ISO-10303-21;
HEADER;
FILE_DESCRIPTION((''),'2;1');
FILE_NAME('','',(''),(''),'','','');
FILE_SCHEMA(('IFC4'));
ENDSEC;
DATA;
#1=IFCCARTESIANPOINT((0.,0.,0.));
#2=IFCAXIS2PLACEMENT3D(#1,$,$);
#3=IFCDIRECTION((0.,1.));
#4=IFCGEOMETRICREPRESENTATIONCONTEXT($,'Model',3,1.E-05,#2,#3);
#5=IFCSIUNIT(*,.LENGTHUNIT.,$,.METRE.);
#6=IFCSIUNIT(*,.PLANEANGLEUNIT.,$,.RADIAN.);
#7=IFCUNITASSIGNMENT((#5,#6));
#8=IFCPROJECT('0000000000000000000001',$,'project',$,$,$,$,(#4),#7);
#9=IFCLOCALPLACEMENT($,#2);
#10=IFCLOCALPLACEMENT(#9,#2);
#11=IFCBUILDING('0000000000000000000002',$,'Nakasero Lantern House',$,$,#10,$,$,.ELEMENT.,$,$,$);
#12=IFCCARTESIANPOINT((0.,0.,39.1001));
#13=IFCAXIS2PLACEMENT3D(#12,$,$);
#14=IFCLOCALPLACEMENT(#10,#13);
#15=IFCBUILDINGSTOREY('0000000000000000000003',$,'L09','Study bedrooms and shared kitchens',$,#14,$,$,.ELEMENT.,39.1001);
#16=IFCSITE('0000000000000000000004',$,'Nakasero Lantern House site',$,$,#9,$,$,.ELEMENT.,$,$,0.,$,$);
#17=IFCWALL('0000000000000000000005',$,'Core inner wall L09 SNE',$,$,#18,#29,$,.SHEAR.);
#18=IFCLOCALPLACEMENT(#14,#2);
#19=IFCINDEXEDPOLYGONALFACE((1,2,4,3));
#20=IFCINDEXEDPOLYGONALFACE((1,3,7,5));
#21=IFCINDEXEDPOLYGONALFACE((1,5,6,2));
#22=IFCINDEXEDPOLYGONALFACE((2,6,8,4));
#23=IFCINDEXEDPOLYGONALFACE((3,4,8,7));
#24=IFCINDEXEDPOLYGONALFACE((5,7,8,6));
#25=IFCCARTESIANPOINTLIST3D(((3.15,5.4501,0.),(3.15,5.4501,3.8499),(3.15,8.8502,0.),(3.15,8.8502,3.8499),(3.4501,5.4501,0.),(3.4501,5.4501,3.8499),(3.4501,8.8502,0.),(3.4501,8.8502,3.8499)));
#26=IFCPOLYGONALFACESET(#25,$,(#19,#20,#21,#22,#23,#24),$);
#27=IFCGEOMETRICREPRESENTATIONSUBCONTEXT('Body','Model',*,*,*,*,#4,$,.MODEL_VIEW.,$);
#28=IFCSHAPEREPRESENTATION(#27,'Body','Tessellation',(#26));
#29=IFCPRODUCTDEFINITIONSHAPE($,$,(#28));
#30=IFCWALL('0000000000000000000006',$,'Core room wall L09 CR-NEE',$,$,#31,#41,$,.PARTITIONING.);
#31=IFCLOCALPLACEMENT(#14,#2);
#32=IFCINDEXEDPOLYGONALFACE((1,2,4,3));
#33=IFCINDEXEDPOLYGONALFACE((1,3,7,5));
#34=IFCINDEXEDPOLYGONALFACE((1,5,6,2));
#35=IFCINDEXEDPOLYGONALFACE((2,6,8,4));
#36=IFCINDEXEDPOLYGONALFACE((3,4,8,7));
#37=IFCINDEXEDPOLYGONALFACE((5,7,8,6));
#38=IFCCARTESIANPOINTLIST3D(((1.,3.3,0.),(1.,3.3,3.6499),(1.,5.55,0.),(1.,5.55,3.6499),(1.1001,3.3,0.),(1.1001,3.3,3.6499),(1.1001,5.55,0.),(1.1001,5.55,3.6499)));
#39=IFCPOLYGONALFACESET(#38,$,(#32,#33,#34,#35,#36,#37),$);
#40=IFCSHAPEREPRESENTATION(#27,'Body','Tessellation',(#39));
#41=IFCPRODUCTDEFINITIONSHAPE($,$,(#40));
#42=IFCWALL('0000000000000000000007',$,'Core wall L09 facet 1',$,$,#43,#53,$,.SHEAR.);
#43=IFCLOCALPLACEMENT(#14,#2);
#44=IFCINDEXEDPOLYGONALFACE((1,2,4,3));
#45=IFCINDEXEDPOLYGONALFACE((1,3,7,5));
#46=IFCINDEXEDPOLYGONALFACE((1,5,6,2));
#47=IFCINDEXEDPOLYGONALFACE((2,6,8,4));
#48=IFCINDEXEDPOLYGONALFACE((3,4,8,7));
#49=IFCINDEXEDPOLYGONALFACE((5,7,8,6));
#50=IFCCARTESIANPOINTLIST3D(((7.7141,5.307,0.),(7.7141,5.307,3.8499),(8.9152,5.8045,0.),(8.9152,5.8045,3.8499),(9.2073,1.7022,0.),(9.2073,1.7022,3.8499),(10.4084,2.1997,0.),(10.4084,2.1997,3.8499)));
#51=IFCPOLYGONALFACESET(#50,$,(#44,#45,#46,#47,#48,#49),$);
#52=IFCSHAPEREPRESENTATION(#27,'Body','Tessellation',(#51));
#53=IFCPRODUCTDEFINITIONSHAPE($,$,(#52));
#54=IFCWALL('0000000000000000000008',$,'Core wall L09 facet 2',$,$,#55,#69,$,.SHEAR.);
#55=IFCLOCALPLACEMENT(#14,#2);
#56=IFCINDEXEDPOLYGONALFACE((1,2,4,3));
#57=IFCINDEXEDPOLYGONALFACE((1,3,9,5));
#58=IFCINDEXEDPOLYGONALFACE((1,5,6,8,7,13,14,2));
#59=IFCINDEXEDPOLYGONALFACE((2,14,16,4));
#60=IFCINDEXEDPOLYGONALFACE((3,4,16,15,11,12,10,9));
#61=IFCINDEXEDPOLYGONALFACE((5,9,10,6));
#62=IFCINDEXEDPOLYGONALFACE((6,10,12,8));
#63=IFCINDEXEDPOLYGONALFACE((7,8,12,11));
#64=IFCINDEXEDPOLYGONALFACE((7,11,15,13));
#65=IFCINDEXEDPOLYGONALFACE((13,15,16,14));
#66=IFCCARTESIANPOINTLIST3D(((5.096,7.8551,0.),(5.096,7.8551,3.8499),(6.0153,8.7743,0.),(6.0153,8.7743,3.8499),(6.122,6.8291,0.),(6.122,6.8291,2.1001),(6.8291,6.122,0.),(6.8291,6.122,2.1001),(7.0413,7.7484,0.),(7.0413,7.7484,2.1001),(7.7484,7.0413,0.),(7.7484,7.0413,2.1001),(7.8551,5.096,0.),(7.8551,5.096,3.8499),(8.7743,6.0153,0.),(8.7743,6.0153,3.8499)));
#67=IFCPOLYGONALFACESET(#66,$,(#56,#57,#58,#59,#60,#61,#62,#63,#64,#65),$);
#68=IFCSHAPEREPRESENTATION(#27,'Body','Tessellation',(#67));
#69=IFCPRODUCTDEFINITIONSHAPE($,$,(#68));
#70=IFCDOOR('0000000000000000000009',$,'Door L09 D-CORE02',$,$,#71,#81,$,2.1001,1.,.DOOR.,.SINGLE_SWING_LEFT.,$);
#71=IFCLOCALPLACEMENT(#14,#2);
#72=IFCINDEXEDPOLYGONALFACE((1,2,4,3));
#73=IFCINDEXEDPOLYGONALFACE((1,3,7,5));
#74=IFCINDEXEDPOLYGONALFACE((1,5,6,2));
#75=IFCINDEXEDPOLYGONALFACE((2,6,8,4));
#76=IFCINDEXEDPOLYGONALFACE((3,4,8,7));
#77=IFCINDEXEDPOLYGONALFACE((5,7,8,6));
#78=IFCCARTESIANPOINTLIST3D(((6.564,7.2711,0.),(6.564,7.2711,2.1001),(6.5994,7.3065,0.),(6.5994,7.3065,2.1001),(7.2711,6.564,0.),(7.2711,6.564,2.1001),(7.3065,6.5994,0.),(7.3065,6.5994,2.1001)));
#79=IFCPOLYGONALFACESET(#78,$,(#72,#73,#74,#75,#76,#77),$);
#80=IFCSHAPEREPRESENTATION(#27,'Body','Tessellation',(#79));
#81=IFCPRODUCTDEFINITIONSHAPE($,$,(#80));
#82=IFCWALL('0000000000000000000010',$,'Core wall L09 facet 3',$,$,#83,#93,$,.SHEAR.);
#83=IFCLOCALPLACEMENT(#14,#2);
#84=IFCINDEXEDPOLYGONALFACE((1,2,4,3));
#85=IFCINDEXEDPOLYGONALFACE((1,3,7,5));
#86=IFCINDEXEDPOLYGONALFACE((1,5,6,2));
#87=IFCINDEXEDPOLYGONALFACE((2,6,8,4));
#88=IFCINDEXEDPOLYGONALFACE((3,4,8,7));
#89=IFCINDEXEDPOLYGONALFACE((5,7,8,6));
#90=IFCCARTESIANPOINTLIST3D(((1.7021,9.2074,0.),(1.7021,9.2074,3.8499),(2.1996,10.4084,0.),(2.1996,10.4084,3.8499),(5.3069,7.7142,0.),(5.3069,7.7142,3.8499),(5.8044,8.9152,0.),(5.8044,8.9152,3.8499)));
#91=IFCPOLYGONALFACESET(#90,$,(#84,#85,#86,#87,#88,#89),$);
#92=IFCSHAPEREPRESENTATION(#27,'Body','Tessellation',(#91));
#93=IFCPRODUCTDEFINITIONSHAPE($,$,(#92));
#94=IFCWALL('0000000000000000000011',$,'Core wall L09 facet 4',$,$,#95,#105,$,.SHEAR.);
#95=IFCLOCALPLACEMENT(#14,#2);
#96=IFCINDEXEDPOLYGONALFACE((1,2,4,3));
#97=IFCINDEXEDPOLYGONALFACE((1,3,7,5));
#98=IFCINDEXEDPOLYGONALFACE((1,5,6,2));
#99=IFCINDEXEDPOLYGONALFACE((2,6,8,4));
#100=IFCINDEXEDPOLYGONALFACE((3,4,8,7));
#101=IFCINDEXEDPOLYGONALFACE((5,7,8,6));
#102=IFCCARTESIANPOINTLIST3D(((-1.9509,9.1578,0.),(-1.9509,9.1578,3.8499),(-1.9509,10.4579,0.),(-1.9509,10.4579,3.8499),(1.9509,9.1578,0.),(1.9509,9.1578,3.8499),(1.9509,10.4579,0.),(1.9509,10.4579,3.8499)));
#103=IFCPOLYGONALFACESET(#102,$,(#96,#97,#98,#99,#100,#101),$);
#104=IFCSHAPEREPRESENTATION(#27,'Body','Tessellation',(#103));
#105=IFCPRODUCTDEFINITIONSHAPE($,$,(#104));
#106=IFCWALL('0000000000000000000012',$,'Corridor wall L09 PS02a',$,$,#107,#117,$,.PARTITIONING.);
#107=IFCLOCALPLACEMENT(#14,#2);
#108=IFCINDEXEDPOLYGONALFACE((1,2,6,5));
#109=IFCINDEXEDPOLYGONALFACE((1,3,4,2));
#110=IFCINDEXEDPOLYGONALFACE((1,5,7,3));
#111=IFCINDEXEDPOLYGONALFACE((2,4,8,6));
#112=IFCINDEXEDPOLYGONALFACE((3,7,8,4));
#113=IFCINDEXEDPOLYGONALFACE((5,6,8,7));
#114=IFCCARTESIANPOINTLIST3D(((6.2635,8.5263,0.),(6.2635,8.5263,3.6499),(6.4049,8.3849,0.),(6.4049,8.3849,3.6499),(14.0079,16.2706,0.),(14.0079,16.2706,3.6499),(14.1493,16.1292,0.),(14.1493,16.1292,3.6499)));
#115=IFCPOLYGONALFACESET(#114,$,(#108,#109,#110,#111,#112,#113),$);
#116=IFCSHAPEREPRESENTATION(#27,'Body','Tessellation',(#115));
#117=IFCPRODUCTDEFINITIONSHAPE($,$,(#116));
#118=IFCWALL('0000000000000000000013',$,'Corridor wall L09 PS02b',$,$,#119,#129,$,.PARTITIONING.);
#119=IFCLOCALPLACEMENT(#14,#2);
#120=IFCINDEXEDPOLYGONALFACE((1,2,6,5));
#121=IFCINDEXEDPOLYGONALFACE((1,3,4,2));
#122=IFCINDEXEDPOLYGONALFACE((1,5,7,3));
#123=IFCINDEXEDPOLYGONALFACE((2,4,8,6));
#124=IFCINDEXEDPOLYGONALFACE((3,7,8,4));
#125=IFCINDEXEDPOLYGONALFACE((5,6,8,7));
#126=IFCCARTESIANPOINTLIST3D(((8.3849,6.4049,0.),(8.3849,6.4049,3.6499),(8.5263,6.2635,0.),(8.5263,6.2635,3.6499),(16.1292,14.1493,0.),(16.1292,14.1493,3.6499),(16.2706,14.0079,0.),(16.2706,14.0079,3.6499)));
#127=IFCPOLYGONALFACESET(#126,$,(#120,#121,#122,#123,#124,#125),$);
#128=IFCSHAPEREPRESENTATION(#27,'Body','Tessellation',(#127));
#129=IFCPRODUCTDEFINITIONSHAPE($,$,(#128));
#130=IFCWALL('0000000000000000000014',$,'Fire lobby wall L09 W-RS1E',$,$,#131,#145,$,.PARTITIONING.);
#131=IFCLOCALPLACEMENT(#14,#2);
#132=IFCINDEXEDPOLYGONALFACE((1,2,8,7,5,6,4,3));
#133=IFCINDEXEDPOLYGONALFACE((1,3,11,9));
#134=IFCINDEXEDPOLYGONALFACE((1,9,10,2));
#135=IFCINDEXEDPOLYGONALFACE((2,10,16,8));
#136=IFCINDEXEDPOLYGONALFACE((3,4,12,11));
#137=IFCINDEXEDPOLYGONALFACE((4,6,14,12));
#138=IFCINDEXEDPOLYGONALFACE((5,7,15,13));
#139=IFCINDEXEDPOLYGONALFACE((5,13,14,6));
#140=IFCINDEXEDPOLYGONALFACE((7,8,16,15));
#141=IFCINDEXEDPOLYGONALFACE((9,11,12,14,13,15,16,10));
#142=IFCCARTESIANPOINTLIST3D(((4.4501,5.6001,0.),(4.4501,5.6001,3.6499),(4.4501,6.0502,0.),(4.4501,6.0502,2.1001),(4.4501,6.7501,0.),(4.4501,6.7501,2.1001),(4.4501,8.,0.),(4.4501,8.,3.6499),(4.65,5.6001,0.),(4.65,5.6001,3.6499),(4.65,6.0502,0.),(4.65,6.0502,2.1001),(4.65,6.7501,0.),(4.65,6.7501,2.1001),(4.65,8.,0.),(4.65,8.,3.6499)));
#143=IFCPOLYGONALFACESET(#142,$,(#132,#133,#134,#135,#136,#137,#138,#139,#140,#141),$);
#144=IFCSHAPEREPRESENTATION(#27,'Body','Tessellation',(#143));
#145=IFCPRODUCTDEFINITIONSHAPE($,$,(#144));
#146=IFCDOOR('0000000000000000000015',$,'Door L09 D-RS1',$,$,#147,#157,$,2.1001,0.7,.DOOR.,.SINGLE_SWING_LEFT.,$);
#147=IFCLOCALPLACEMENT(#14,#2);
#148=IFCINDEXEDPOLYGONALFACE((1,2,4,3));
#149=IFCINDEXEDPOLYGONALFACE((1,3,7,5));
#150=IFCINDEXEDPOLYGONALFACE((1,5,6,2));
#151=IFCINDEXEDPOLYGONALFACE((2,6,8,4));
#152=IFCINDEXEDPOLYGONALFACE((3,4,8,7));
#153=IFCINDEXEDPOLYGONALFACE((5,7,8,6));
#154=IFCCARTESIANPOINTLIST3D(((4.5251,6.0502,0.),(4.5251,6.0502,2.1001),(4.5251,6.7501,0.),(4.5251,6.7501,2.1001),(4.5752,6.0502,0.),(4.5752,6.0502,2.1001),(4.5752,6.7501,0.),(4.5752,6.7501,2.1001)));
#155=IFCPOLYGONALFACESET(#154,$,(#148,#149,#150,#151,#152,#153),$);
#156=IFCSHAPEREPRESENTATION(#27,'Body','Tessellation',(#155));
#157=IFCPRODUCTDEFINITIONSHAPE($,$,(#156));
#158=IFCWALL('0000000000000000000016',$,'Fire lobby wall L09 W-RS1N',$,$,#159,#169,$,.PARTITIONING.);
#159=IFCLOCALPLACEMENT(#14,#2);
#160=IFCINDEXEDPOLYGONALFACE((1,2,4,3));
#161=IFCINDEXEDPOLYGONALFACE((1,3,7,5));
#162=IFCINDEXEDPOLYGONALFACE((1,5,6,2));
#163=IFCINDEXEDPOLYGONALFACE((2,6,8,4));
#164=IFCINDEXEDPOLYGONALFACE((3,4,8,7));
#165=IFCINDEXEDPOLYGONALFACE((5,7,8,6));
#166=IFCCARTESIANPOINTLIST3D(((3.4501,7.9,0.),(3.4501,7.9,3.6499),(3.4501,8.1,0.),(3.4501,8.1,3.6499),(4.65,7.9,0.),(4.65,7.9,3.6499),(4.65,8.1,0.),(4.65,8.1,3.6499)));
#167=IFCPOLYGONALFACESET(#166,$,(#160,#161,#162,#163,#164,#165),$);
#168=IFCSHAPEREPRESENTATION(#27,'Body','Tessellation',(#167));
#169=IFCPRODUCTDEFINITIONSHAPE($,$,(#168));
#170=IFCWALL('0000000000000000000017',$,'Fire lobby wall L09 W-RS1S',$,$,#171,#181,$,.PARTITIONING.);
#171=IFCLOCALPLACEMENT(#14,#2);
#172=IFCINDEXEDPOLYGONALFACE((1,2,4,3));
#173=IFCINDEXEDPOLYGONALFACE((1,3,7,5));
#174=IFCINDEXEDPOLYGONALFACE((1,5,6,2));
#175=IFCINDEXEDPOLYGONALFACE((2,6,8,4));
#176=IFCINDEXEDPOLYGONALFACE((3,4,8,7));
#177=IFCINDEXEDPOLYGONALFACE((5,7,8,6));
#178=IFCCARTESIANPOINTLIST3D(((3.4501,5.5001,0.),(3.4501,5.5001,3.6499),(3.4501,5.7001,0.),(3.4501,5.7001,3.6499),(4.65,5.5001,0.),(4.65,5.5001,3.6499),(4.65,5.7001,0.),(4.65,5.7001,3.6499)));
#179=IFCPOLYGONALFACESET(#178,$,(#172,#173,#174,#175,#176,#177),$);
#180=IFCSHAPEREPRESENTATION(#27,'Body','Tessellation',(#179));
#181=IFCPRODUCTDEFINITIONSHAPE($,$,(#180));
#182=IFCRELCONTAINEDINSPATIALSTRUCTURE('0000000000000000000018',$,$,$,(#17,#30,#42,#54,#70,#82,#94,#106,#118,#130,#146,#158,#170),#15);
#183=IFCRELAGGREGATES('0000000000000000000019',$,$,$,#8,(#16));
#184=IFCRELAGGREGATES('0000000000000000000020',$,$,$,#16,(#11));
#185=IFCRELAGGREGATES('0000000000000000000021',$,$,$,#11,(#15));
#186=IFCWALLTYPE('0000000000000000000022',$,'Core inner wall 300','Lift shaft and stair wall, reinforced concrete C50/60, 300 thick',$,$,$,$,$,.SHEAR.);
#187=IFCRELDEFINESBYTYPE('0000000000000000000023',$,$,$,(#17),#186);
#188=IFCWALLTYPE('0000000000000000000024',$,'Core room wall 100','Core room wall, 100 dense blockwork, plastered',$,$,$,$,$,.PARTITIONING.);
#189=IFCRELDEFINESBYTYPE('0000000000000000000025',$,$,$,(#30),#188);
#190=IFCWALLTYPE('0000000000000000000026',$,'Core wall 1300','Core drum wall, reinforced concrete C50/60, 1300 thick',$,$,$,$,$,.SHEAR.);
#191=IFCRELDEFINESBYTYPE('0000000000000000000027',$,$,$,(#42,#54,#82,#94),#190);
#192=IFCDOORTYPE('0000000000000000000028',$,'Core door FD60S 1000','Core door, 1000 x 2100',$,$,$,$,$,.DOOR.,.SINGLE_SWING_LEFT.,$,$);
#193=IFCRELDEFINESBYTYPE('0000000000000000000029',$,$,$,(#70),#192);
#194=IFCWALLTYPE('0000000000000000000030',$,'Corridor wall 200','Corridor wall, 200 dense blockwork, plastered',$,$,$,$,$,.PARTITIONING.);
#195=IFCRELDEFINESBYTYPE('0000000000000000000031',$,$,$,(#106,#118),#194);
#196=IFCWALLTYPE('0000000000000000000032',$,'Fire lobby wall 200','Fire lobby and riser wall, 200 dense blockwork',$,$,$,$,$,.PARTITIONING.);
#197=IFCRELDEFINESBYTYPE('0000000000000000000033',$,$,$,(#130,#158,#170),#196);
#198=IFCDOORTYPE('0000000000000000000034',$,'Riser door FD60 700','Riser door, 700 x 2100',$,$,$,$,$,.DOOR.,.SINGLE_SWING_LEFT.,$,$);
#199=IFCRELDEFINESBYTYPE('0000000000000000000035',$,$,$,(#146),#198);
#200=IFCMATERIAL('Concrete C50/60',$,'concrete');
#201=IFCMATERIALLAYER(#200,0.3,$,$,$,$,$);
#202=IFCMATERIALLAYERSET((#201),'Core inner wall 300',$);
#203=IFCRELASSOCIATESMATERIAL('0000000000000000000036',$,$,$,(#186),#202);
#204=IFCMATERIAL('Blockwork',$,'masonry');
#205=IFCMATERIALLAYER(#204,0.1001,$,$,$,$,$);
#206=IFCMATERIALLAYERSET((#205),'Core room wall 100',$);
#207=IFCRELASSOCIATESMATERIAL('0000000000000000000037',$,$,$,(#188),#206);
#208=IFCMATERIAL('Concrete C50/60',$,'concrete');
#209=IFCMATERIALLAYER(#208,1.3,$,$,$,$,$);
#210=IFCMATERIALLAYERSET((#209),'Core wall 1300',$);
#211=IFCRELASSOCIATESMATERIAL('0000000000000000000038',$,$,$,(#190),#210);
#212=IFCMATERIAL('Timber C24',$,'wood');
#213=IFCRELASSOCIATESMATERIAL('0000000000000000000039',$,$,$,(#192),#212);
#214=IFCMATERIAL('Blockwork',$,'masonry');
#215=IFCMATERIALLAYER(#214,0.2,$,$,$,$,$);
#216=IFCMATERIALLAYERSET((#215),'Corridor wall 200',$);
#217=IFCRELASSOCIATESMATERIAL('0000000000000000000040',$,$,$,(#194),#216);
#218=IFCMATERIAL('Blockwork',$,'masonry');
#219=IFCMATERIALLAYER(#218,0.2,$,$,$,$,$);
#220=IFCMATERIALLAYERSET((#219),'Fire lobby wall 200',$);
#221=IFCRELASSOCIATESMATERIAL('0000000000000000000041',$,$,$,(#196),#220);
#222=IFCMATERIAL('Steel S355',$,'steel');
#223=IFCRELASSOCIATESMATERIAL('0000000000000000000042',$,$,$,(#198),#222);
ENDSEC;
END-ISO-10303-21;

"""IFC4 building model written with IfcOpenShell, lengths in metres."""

from ifc_helpers import new_model, si_unit, direction, frame, frame_2d, origin, place, context, subcontext, project, spatial, rectangle, extrude, material, layer, layer_set, type_object, element, fill, save


model = new_model("IFC4")

# Units and contexts
model_context = context("Model", 3, precision=1e-05, world=origin(), true_north=direction((0.0, 1.0)))
body_context = subcontext(model_context, "Body", "Model", "MODEL_VIEW")
ifc_project = project(units=[si_unit("LENGTHUNIT", "METRE"), si_unit("PLANEANGLEUNIT", "RADIAN")], contexts=[model_context])

# Site, building, storey
site_placement = place(None, origin())
site = spatial("IfcSite", under=ifc_project, at=site_placement, Name="Nakasero Lantern House site", CompositionType="ELEMENT", RefElevation=0.0)
building_placement = place(site_placement, origin())
building = spatial("IfcBuilding", under=site, at=building_placement, Name="Nakasero Lantern House", CompositionType="ELEMENT")
storey_placement = place(building_placement, frame((0.0, 0.0, 39.1001)))
storey = spatial("IfcBuildingStorey", under=building, at=storey_placement, Name="L09", Description="Study bedrooms and shared kitchens", CompositionType="ELEMENT", Elevation=39.1001)

# Walls
ifc_material_1 = material(Name="Concrete C50/60", Category="concrete")
ifc_layer_1 = layer(ifc_material_1, 0.3)
ifc_layer_set_1 = layer_set([ifc_layer_1], Name="Core inner wall 300")
wall_type_1 = type_object("IfcWallType", Name="Core inner wall 300", Description="Lift shaft and stair wall, reinforced concrete C50/60, 300 thick", PredefinedType="SHEAR", material=ifc_layer_set_1)
wall_1_placement = place(storey_placement, frame((3.3, 5.45, 0.0), z_axis=(0.0, 0.0, 1.0), x_axis=(0.0, 1.0, 0.0)))
element("IfcWall", 1, at=wall_1_placement, inside=storey, type_object=wall_type_1, Name="Core inner wall L09 SNE", PredefinedType="SHEAR", context=body_context, shape_type="SweptSolid", body=[
    extrude(rectangle(XDim=3.4001, YDim=0.3, at=frame_2d((1.7002, 0.0))), origin(), (0.0, 0.0, 1.0), 3.8499),
])
ifc_material_2 = material(Name="Blockwork", Category="masonry")
ifc_layer_2 = layer(ifc_material_2, 0.1001)
ifc_layer_set_2 = layer_set([ifc_layer_2], Name="Core room wall 100")
wall_type_2 = type_object("IfcWallType", Name="Core room wall 100", Description="Core room wall, 100 dense blockwork, plastered", PredefinedType="PARTITIONING", material=ifc_layer_set_2)
wall_2_placement = place(storey_placement, frame((1.05, 3.3, 0.0), z_axis=(0.0, 0.0, 1.0), x_axis=(0.0, 1.0, 0.0)))
element("IfcWall", 2, at=wall_2_placement, inside=storey, type_object=wall_type_2, Name="Core room wall L09 CR-NEE", PredefinedType="PARTITIONING", context=body_context, shape_type="SweptSolid", body=[
    extrude(rectangle(XDim=2.25, YDim=0.1001, at=frame_2d((1.125, 0.0))), origin(), (0.0, 0.0, 1.0), 3.6499),
])
ifc_material_3 = material(Name="Concrete C50/60", Category="concrete")
ifc_layer_3 = layer(ifc_material_3, 1.3)
ifc_layer_set_3 = layer_set([ifc_layer_3], Name="Core wall 1300")
wall_type_3 = type_object("IfcWallType", Name="Core wall 1300", Description="Core drum wall, reinforced concrete C50/60, 1300 thick", PredefinedType="SHEAR", material=ifc_layer_set_3)
wall_3_placement = place(storey_placement, frame((9.8079, 1.9509, 0.0), z_axis=(0.0, 0.0, 1.0), x_axis=(-0.382691, 0.923877, 0.0)))
element("IfcWall", 3, at=wall_3_placement, inside=storey, type_object=wall_type_3, Name="Core wall L09 facet 1", PredefinedType="SHEAR", context=body_context, shape_type="SweptSolid", body=[
    extrude(rectangle(XDim=3.9019, YDim=1.3, at=frame_2d((1.9509, 0.0))), origin(), (0.0, 0.0, 1.0), 3.8499),
])

# Wall, opening, door
wall_4_placement = place(storey_placement, frame((8.3147, 5.5557, 0.0), z_axis=(0.0, 0.0, 1.0), x_axis=(-0.707107, 0.707107, 0.0)))
wall_4 = element("IfcWall", 4, at=wall_4_placement, inside=storey, type_object=wall_type_3, Name="Core wall L09 facet 2", PredefinedType="SHEAR", context=body_context, shape_type="SweptSolid", body=[
    extrude(rectangle(XDim=3.9019, YDim=1.3, at=frame_2d((1.9509, 0.0))), origin(), (0.0, 0.0, 1.0), 3.8499),
])
opening_1_placement = place(wall_4_placement, frame((1.4509, 0.0, 0.0)))
opening_1 = element("IfcOpeningElement", 5, at=opening_1_placement, cuts=wall_4, PredefinedType="OPENING", context=body_context, shape_type="SweptSolid", body=[
    extrude(rectangle(XDim=1.0, YDim=2.1001, at=frame_2d((0.5, 1.05))), frame((0.0, 0.6699, 0.0), z_axis=(0.0, -1.0, 0.0), x_axis=(1.0, 0.0, 0.0)), (0.0, 0.0, 1.0), 1.3401),
])
ifc_material_4 = material(Name="Timber C24", Category="wood")
door_type_1 = type_object("IfcDoorType", Name="Core door FD60S 1000", Description="Core door, 1000 x 2100", OperationType="SINGLE_SWING_LEFT", PredefinedType="DOOR", material=ifc_material_4)
door_1_placement = place(opening_1_placement, origin())
door_1 = element("IfcDoor", 6, at=door_1_placement, inside=storey, type_object=door_type_1, Name="Door L09 D-CORE02", OperationType="SINGLE_SWING_LEFT", OverallHeight=2.1001, OverallWidth=1.0, PredefinedType="DOOR", context=body_context, shape_type="SweptSolid", body=[
    extrude(rectangle(XDim=1.0, YDim=2.1001, at=frame_2d((0.5, 1.05))), frame((0.0, 0.0249, 0.0), z_axis=(0.0, -1.0, 0.0), x_axis=(1.0, 0.0, 0.0)), (0.0, 0.0, 1.0), 0.05),
])
fill(opening_1, door_1)

# Walls
for number, where, z_axis, x_axis, name in (
    (7, (5.5557, 8.3147, 0.0), (0.0, 0.0, 1.0), (-0.923877, 0.382691, 0.0), "Core wall L09 facet 3"),
    (8, (1.9509, 9.8079, 0.0), (0.0, 0.0, 1.0), (-1.0, 0.0, 0.0), "Core wall L09 facet 4"),
):
    element("IfcWall", number, at=place(storey_placement, frame(where, z_axis=z_axis, x_axis=x_axis)), inside=storey, type_object=wall_type_3, Name=name, PredefinedType="SHEAR", context=body_context, shape_type="SweptSolid", body=[
        extrude(rectangle(XDim=3.9019, YDim=1.3, at=frame_2d((1.9509, 0.0))), origin(), (0.0, 0.0, 1.0), 3.8499),
    ])
ifc_material_5 = material(Name="Blockwork", Category="masonry")
ifc_layer_4 = layer(ifc_material_5, 0.2)
ifc_layer_set_4 = layer_set([ifc_layer_4], Name="Corridor wall 200")
wall_type_4 = type_object("IfcWallType", Name="Corridor wall 200", Description="Corridor wall, 200 dense blockwork, plastered", PredefinedType="PARTITIONING", material=ifc_layer_set_4)
for number, where, z_axis, x_axis, name in (
    (9, (6.3342, 8.4556, 0.0), (0.0, 0.0, 1.0), (0.707107, 0.707107, 0.0), "Corridor wall L09 PS02a"),
    (10, (8.4556, 6.3342, 0.0), (0.0, 0.0, 1.0), (0.707107, 0.707107, 0.0), "Corridor wall L09 PS02b"),
):
    element("IfcWall", number, at=place(storey_placement, frame(where, z_axis=z_axis, x_axis=x_axis)), inside=storey, type_object=wall_type_4, Name=name, PredefinedType="PARTITIONING", context=body_context, shape_type="SweptSolid", body=[
        extrude(rectangle(XDim=10.9521, YDim=0.2, at=frame_2d((5.4761, 0.0))), origin(), (0.0, 0.0, 1.0), 3.6499),
    ])

# Wall, opening, door
ifc_material_6 = material(Name="Blockwork", Category="masonry")
ifc_layer_5 = layer(ifc_material_6, 0.2)
ifc_layer_set_5 = layer_set([ifc_layer_5], Name="Fire lobby wall 200")
wall_type_5 = type_object("IfcWallType", Name="Fire lobby wall 200", Description="Fire lobby and riser wall, 200 dense blockwork", PredefinedType="PARTITIONING", material=ifc_layer_set_5)
wall_5_placement = place(storey_placement, frame((4.55, 5.6001, 0.0), z_axis=(0.0, 0.0, 1.0), x_axis=(0.0, 1.0, 0.0)))
wall_5 = element("IfcWall", 11, at=wall_5_placement, inside=storey, type_object=wall_type_5, Name="Fire lobby wall L09 W-RS1E", PredefinedType="PARTITIONING", context=body_context, shape_type="SweptSolid", body=[
    extrude(rectangle(XDim=2.3999, YDim=0.2, at=frame_2d((1.2, 0.0))), origin(), (0.0, 0.0, 1.0), 3.6499),
])
opening_2_placement = place(wall_5_placement, frame((0.45, 0.0, 0.0)))
opening_2 = element("IfcOpeningElement", 12, at=opening_2_placement, cuts=wall_5, PredefinedType="OPENING", context=body_context, shape_type="SweptSolid", body=[
    extrude(rectangle(XDim=0.7, YDim=2.1001, at=frame_2d((0.3501, 1.05))), frame((0.0, 0.1199, 0.0), z_axis=(0.0, -1.0, 0.0), x_axis=(1.0, 0.0, 0.0)), (0.0, 0.0, 1.0), 0.24),
])
ifc_material_7 = material(Name="Steel S355", Category="steel")
door_type_2 = type_object("IfcDoorType", Name="Riser door FD60 700", Description="Riser door, 700 x 2100", OperationType="SINGLE_SWING_LEFT", PredefinedType="DOOR", material=ifc_material_7)
door_2_placement = place(opening_2_placement, origin())
door_2 = element("IfcDoor", 13, at=door_2_placement, inside=storey, type_object=door_type_2, Name="Door L09 D-RS1", OperationType="SINGLE_SWING_LEFT", OverallHeight=2.1001, OverallWidth=0.7, PredefinedType="DOOR", context=body_context, shape_type="SweptSolid", body=[
    extrude(rectangle(XDim=0.7, YDim=2.1001, at=frame_2d((0.3501, 1.05))), frame((0.0, 0.0249, 0.0), z_axis=(0.0, -1.0, 0.0), x_axis=(1.0, 0.0, 0.0)), (0.0, 0.0, 1.0), 0.05),
])
fill(opening_2, door_2)

# Walls
for number, where, z_axis, x_axis, name in (
    (14, (3.45, 8.0, 0.0), (0.0, 0.0, 1.0), (1.0, 0.0, 0.0), "Fire lobby wall L09 W-RS1N"),
    (15, (3.45, 5.6001, 0.0), (0.0, 0.0, 1.0), (1.0, 0.0, 0.0), "Fire lobby wall L09 W-RS1S"),
):
    element("IfcWall", number, at=place(storey_placement, frame(where, z_axis=z_axis, x_axis=x_axis)), inside=storey, type_object=wall_type_5, Name=name, PredefinedType="PARTITIONING", context=body_context, shape_type="SweptSolid", body=[
        extrude(rectangle(XDim=1.2, YDim=0.2, at=frame_2d((0.6001, 0.0))), origin(), (0.0, 0.0, 1.0), 3.6499),
    ])

save(model, "model.ifc")
